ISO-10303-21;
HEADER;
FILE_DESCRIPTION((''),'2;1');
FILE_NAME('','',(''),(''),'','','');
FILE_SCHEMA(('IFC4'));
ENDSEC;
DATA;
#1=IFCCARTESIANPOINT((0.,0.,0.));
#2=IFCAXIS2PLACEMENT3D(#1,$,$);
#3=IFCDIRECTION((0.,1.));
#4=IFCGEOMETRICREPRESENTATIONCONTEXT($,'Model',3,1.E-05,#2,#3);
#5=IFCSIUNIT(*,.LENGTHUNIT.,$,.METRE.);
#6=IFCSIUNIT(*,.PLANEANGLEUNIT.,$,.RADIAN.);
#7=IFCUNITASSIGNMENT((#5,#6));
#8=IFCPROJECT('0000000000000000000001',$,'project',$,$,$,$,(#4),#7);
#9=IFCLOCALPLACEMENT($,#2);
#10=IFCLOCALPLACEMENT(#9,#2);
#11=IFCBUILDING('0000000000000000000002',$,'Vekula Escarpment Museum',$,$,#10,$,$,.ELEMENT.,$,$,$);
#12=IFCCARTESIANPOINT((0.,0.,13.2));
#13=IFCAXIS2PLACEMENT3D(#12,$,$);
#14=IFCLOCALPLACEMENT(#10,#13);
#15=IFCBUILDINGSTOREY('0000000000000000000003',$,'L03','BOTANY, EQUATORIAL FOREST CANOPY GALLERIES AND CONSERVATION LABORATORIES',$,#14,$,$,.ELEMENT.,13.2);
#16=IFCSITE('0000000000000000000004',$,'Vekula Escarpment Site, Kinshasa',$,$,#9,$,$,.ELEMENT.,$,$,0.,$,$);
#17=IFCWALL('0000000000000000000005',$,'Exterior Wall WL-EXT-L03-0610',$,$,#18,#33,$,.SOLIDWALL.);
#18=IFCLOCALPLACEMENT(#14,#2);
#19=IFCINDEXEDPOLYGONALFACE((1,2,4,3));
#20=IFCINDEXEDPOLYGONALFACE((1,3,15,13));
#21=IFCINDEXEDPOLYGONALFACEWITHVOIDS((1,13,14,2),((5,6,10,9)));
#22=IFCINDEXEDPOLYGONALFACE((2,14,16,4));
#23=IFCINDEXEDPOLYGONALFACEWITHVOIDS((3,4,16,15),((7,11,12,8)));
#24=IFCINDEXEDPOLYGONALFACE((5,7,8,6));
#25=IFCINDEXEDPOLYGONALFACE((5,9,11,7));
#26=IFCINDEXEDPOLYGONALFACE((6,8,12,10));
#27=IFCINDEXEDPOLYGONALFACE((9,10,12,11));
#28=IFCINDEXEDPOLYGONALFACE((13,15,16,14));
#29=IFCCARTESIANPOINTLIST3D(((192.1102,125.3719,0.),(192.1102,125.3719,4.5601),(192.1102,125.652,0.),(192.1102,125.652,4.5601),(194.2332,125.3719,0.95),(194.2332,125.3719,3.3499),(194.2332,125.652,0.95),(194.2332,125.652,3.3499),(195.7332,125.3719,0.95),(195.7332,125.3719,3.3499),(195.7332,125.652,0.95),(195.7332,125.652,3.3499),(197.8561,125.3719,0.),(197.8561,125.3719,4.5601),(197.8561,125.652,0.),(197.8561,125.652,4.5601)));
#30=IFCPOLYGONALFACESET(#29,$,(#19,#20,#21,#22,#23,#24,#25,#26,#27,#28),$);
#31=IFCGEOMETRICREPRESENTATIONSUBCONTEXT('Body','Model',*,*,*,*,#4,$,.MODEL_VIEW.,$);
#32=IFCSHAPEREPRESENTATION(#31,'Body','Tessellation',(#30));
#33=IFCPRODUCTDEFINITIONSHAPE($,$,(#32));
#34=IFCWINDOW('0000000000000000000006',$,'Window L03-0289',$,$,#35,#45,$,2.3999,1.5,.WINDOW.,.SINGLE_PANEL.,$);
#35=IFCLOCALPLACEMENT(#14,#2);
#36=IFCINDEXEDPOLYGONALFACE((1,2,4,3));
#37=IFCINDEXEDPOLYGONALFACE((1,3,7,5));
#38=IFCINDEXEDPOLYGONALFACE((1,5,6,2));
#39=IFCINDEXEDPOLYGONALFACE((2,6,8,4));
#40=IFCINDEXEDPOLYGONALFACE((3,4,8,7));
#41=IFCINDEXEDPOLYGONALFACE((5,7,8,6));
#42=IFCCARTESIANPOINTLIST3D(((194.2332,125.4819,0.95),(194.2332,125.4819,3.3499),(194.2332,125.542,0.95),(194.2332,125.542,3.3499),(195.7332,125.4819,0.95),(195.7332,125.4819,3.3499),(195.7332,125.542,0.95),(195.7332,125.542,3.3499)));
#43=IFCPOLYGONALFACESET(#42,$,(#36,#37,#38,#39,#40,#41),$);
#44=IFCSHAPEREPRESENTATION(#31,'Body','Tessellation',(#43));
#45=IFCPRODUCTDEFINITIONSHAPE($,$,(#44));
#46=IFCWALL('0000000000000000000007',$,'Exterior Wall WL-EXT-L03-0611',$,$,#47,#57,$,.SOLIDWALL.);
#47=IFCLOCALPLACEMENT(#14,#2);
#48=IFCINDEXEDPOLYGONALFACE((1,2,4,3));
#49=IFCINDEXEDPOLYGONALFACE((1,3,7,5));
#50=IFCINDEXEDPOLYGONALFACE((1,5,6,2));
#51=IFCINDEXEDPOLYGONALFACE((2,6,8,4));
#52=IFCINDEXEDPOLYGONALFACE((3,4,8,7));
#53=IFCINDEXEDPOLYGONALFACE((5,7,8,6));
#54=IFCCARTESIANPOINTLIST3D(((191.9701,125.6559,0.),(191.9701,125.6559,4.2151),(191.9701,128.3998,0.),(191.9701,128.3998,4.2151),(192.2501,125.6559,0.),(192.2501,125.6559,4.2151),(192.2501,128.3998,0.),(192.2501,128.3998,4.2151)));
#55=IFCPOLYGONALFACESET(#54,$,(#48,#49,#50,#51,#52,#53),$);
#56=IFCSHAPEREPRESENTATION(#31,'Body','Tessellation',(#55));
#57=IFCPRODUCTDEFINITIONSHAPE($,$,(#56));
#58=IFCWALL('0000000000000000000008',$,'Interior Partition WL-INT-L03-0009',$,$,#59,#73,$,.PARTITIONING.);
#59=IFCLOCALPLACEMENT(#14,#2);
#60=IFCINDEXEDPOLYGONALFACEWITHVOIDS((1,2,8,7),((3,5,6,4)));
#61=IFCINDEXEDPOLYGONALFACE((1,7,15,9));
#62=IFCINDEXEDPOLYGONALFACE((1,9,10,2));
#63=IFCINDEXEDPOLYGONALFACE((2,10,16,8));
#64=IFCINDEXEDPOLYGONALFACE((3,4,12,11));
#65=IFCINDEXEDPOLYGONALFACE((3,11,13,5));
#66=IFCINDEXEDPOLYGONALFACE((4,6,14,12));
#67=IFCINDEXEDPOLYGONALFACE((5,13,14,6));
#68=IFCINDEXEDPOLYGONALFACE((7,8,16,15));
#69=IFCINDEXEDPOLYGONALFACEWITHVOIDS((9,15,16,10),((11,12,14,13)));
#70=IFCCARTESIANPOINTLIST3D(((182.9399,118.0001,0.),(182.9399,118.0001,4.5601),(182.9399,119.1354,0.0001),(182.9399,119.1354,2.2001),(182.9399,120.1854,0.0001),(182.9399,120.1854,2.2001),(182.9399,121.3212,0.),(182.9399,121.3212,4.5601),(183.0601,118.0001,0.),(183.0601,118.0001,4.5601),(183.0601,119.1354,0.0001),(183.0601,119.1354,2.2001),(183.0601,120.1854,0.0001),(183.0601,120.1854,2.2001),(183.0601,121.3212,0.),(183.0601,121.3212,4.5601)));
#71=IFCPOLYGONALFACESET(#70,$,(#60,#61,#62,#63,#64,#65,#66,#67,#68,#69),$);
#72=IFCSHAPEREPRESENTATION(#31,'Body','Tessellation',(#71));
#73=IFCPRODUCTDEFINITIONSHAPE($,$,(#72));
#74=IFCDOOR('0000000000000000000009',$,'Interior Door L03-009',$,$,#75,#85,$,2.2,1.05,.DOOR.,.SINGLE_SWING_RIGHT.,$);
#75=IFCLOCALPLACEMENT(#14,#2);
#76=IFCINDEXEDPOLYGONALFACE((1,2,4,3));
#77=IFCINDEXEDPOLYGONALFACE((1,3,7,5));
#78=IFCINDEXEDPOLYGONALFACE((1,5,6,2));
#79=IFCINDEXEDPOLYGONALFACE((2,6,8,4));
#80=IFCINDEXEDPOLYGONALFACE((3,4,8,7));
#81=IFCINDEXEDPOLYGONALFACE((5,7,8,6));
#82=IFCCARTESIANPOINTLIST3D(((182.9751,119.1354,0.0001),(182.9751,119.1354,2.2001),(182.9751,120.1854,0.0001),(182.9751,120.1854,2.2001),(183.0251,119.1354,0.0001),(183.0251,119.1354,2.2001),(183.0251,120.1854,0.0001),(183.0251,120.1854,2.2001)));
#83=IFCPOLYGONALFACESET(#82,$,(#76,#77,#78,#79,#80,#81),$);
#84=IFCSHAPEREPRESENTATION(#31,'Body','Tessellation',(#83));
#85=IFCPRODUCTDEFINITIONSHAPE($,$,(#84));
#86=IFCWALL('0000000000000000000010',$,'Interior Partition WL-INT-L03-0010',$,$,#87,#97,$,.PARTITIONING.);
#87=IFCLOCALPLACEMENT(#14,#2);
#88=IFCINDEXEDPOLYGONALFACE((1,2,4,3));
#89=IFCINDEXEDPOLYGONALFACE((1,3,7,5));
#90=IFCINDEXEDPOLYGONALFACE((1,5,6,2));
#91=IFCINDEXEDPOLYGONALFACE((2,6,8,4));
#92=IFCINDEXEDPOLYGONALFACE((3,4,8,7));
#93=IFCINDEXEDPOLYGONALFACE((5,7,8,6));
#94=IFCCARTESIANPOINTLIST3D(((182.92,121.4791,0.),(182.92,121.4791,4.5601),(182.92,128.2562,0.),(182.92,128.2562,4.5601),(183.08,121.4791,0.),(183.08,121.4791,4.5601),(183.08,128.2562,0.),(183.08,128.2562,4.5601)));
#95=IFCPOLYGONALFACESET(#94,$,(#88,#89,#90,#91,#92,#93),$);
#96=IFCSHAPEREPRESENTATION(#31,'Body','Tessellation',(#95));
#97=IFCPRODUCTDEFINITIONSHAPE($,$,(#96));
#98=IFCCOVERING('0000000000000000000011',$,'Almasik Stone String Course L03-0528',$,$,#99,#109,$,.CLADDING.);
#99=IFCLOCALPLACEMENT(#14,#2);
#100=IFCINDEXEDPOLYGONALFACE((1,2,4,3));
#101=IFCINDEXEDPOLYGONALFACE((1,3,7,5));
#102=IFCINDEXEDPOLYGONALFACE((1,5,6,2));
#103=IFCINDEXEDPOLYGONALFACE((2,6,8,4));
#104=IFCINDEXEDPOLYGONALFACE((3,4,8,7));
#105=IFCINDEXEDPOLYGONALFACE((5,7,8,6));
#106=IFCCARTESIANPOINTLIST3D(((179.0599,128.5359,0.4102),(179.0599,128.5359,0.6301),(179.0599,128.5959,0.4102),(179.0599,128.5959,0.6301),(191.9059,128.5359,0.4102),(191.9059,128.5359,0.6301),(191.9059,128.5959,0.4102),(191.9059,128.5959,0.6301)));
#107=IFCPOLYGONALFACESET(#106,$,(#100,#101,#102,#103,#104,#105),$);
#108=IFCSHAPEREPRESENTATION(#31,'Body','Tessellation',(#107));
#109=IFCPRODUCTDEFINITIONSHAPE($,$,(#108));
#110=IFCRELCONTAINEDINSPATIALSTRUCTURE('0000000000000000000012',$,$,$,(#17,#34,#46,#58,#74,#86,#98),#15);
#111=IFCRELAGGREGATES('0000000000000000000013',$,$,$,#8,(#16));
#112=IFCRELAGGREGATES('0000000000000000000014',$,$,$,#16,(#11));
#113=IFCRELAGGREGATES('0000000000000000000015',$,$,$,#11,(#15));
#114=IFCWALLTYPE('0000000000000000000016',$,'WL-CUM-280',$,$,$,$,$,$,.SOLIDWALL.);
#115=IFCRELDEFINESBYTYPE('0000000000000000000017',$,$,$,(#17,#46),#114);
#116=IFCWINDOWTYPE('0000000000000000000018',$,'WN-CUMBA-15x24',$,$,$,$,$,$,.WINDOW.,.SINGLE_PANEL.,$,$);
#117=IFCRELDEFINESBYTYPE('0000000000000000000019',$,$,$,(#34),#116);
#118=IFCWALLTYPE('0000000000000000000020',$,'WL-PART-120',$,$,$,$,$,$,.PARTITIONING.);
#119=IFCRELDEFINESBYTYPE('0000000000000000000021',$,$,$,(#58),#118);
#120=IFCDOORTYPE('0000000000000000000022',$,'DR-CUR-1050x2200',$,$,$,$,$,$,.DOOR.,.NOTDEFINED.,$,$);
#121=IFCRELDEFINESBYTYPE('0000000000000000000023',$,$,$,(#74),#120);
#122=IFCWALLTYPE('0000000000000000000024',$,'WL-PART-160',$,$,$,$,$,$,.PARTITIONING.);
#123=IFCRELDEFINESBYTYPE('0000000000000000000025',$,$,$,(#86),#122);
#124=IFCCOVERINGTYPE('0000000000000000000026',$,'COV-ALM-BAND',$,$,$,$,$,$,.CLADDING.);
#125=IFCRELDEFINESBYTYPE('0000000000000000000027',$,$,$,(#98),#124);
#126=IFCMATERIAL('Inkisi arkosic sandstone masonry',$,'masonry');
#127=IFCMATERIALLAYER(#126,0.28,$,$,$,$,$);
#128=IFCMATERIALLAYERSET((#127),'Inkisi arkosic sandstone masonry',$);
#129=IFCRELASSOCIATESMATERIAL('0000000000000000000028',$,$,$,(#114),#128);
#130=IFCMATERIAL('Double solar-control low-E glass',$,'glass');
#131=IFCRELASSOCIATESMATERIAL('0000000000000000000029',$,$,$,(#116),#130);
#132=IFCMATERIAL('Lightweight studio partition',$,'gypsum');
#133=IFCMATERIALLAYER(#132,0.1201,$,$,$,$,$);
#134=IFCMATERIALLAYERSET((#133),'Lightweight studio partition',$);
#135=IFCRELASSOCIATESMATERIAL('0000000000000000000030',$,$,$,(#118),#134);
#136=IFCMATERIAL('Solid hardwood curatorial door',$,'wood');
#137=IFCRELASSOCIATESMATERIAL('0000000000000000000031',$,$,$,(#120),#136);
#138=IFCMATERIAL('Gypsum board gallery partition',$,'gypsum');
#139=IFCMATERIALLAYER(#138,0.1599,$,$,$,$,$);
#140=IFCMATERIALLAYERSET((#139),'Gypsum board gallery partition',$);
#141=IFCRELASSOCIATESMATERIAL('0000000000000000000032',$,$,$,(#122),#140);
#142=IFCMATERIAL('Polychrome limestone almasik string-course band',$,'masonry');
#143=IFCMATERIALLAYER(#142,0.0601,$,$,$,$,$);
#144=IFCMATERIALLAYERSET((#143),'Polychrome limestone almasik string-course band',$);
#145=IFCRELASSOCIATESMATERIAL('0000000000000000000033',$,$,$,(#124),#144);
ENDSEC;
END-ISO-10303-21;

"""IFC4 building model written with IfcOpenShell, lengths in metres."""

from ifc_helpers import new_model, si_unit, direction, frame, frame_2d, origin, origin_2d, place, context, subcontext, project, spatial, rectangle, extrude, material, layer, layer_set, type_object, element, fill, save


model = new_model("IFC4")

# Units and contexts
model_context = context("Model", 3, precision=1e-05, world=origin(), true_north=direction((0.0, 1.0)))
body_context = subcontext(model_context, "Body", "Model", "MODEL_VIEW")
ifc_project = project(units=[si_unit("LENGTHUNIT", "METRE"), si_unit("PLANEANGLEUNIT", "RADIAN")], contexts=[model_context])

# Site, building, storey
site_placement = place(None, origin())
site = spatial("IfcSite", under=ifc_project, at=site_placement, Name="Vekula Escarpment Site, Kinshasa", CompositionType="ELEMENT", RefElevation=0.0)
building_placement = place(site_placement, origin())
building = spatial("IfcBuilding", under=site, at=building_placement, Name="Vekula Escarpment Museum", CompositionType="ELEMENT")
storey_placement = place(building_placement, frame((0.0, 0.0, 13.2)))
storey = spatial("IfcBuildingStorey", under=building, at=storey_placement, Name="L03", Description="BOTANY, EQUATORIAL FOREST CANOPY GALLERIES AND CONSERVATION LABORATORIES", CompositionType="ELEMENT", Elevation=13.2)

# Wall, opening, window
ifc_material_1 = material(Name="Inkisi arkosic sandstone masonry", Category="masonry")
ifc_layer_1 = layer(ifc_material_1, 0.28)
ifc_layer_set_1 = layer_set([ifc_layer_1], Name="Inkisi arkosic sandstone masonry")
wall_type_1 = type_object("IfcWallType", Name="WL-CUM-280", PredefinedType="SOLIDWALL", material=ifc_layer_set_1)
wall_1_placement = place(storey_placement, frame((192.1101, 125.512, 0.0), z_axis=(0.0, 0.0, 1.0), x_axis=(1.0, 0.0, 0.0)))
wall_1 = element("IfcWall", 1, at=wall_1_placement, inside=storey, type_object=wall_type_1, Name="Exterior Wall WL-EXT-L03-0610", PredefinedType="SOLIDWALL", context=body_context, shape_type="SweptSolid", body=[
    extrude(rectangle(XDim=5.7458, YDim=0.28, at=frame_2d((2.873, 0.0))), origin(), (0.0, 0.0, 1.0), 4.5601),
])
opening_1_placement = place(wall_1_placement, frame((2.123, 0.0, 0.95)))
opening_1 = element("IfcOpeningElement", 2, at=opening_1_placement, cuts=wall_1, PredefinedType="OPENING", context=body_context, shape_type="SweptSolid", body=[
    extrude(rectangle(XDim=1.5, YDim=2.3999, at=frame_2d((0.75, 1.2))), frame((0.0, 0.1499, 0.0), z_axis=(0.0, -1.0, 0.0), x_axis=(1.0, 0.0, 0.0)), (0.0, 0.0, 1.0), 0.3),
])
ifc_material_2 = material(Name="Double solar-control low-E glass", Category="glass")
window_type = type_object("IfcWindowType", Name="WN-CUMBA-15x24", PartitioningType="SINGLE_PANEL", PredefinedType="WINDOW", material=ifc_material_2)
window_placement = place(opening_1_placement, origin())
window = element("IfcWindow", 3, at=window_placement, inside=storey, type_object=window_type, Name="Window L03-0289", OverallHeight=2.3999, OverallWidth=1.5, PartitioningType="SINGLE_PANEL", PredefinedType="WINDOW", context=body_context, shape_type="SweptSolid", body=[
    extrude(rectangle(XDim=1.5, YDim=2.3999, at=frame_2d((0.75, 1.2))), frame((0.0, 0.03, 0.0), z_axis=(0.0, -1.0, 0.0), x_axis=(1.0, 0.0, 0.0)), (0.0, 0.0, 1.0), 0.0601),
])
fill(opening_1, window)

# Wall
wall_2_placement = place(storey_placement, frame((192.1101, 128.3999, 0.0), z_axis=(0.0, 0.0, 1.0), x_axis=(0.0, -1.0, 0.0)))
element("IfcWall", 4, at=wall_2_placement, inside=storey, type_object=wall_type_1, Name="Exterior Wall WL-EXT-L03-0611", PredefinedType="SOLIDWALL", context=body_context, shape_type="SweptSolid", body=[
    extrude(rectangle(XDim=2.7439, YDim=0.28, at=frame_2d((1.3721, 0.0))), origin(), (0.0, 0.0, 1.0), 4.2151),
])

# Wall, opening, door
ifc_material_3 = material(Name="Lightweight studio partition", Category="gypsum")
ifc_layer_2 = layer(ifc_material_3, 0.1201)
ifc_layer_set_2 = layer_set([ifc_layer_2], Name="Lightweight studio partition")
wall_type_2 = type_object("IfcWallType", Name="WL-PART-120", PredefinedType="PARTITIONING", material=ifc_layer_set_2)
wall_3_placement = place(storey_placement, frame((183.0, 118.0, 0.0), z_axis=(0.0, 0.0, 1.0), x_axis=(0.0, 1.0, 0.0)))
wall_3 = element("IfcWall", 5, at=wall_3_placement, inside=storey, type_object=wall_type_2, Name="Interior Partition WL-INT-L03-0009", PredefinedType="PARTITIONING", context=body_context, shape_type="SweptSolid", body=[
    extrude(rectangle(XDim=3.321, YDim=0.1201, at=frame_2d((1.6606, 0.0))), origin(), (0.0, 0.0, 1.0), 4.5601),
])
opening_2_placement = place(wall_3_placement, frame((1.1355, 0.0, 0.0)))
opening_2 = element("IfcOpeningElement", 6, at=opening_2_placement, cuts=wall_3, PredefinedType="OPENING", context=body_context, shape_type="SweptSolid", body=[
    extrude(rectangle(XDim=1.05, YDim=2.2, at=frame_2d((0.5249, 1.1001))), frame((0.0, 0.0701, 0.0), z_axis=(0.0, -1.0, 0.0), x_axis=(1.0, 0.0, 0.0)), (0.0, 0.0, 1.0), 0.1401),
])
ifc_material_4 = material(Name="Solid hardwood curatorial door", Category="wood")
door_type = type_object("IfcDoorType", Name="DR-CUR-1050x2200", OperationType="NOTDEFINED", PredefinedType="DOOR", material=ifc_material_4)
door_placement = place(opening_2_placement, origin())
door = element("IfcDoor", 7, at=door_placement, inside=storey, type_object=door_type, Name="Interior Door L03-009", OperationType="SINGLE_SWING_RIGHT", OverallHeight=2.2, OverallWidth=1.05, PredefinedType="DOOR", context=body_context, shape_type="SweptSolid", body=[
    extrude(rectangle(XDim=1.05, YDim=2.2, at=frame_2d((0.5249, 1.1001))), frame((0.0, 0.0249, 0.0), z_axis=(0.0, -1.0, 0.0), x_axis=(1.0, 0.0, 0.0)), (0.0, 0.0, 1.0), 0.05),
])
fill(opening_2, door)

# Wall
ifc_material_5 = material(Name="Gypsum board gallery partition", Category="gypsum")
ifc_layer_3 = layer(ifc_material_5, 0.1599)
ifc_layer_set_3 = layer_set([ifc_layer_3], Name="Gypsum board gallery partition")
wall_type_3 = type_object("IfcWallType", Name="WL-PART-160", PredefinedType="PARTITIONING", material=ifc_layer_set_3)
wall_4_placement = place(storey_placement, frame((183.0, 121.479, 0.0), z_axis=(0.0, 0.0, 1.0), x_axis=(0.0, 1.0, 0.0)))
element("IfcWall", 8, at=wall_4_placement, inside=storey, type_object=wall_type_3, Name="Interior Partition WL-INT-L03-0010", PredefinedType="PARTITIONING", context=body_context, shape_type="SweptSolid", body=[
    extrude(rectangle(XDim=6.7771, YDim=0.1599, at=frame_2d((3.3887, 0.0))), origin(), (0.0, 0.0, 1.0), 4.5601),
])

# Covering
ifc_material_6 = material(Name="Polychrome limestone almasik string-course band", Category="masonry")
ifc_layer_4 = layer(ifc_material_6, 0.0601)
ifc_layer_set_4 = layer_set([ifc_layer_4], Name="Polychrome limestone almasik string-course band")
covering_type = type_object("IfcCoveringType", Name="COV-ALM-BAND", PredefinedType="CLADDING", material=ifc_layer_set_4)
covering_placement = place(storey_placement, frame((185.4829, 128.5659, 0.4102), z_axis=(0.0, 0.0, 1.0), x_axis=(1.0, 0.0, 0.0)))
element("IfcCovering", 9, at=covering_placement, inside=storey, type_object=covering_type, Name="Almasik Stone String Course L03-0528", PredefinedType="CLADDING", context=body_context, shape_type="SweptSolid", body=[
    extrude(rectangle(XDim=12.8459, YDim=0.0601, at=origin_2d()), origin(), (0.0, 0.0, 1.0), 0.22),
])

save(model, "model.ifc")
